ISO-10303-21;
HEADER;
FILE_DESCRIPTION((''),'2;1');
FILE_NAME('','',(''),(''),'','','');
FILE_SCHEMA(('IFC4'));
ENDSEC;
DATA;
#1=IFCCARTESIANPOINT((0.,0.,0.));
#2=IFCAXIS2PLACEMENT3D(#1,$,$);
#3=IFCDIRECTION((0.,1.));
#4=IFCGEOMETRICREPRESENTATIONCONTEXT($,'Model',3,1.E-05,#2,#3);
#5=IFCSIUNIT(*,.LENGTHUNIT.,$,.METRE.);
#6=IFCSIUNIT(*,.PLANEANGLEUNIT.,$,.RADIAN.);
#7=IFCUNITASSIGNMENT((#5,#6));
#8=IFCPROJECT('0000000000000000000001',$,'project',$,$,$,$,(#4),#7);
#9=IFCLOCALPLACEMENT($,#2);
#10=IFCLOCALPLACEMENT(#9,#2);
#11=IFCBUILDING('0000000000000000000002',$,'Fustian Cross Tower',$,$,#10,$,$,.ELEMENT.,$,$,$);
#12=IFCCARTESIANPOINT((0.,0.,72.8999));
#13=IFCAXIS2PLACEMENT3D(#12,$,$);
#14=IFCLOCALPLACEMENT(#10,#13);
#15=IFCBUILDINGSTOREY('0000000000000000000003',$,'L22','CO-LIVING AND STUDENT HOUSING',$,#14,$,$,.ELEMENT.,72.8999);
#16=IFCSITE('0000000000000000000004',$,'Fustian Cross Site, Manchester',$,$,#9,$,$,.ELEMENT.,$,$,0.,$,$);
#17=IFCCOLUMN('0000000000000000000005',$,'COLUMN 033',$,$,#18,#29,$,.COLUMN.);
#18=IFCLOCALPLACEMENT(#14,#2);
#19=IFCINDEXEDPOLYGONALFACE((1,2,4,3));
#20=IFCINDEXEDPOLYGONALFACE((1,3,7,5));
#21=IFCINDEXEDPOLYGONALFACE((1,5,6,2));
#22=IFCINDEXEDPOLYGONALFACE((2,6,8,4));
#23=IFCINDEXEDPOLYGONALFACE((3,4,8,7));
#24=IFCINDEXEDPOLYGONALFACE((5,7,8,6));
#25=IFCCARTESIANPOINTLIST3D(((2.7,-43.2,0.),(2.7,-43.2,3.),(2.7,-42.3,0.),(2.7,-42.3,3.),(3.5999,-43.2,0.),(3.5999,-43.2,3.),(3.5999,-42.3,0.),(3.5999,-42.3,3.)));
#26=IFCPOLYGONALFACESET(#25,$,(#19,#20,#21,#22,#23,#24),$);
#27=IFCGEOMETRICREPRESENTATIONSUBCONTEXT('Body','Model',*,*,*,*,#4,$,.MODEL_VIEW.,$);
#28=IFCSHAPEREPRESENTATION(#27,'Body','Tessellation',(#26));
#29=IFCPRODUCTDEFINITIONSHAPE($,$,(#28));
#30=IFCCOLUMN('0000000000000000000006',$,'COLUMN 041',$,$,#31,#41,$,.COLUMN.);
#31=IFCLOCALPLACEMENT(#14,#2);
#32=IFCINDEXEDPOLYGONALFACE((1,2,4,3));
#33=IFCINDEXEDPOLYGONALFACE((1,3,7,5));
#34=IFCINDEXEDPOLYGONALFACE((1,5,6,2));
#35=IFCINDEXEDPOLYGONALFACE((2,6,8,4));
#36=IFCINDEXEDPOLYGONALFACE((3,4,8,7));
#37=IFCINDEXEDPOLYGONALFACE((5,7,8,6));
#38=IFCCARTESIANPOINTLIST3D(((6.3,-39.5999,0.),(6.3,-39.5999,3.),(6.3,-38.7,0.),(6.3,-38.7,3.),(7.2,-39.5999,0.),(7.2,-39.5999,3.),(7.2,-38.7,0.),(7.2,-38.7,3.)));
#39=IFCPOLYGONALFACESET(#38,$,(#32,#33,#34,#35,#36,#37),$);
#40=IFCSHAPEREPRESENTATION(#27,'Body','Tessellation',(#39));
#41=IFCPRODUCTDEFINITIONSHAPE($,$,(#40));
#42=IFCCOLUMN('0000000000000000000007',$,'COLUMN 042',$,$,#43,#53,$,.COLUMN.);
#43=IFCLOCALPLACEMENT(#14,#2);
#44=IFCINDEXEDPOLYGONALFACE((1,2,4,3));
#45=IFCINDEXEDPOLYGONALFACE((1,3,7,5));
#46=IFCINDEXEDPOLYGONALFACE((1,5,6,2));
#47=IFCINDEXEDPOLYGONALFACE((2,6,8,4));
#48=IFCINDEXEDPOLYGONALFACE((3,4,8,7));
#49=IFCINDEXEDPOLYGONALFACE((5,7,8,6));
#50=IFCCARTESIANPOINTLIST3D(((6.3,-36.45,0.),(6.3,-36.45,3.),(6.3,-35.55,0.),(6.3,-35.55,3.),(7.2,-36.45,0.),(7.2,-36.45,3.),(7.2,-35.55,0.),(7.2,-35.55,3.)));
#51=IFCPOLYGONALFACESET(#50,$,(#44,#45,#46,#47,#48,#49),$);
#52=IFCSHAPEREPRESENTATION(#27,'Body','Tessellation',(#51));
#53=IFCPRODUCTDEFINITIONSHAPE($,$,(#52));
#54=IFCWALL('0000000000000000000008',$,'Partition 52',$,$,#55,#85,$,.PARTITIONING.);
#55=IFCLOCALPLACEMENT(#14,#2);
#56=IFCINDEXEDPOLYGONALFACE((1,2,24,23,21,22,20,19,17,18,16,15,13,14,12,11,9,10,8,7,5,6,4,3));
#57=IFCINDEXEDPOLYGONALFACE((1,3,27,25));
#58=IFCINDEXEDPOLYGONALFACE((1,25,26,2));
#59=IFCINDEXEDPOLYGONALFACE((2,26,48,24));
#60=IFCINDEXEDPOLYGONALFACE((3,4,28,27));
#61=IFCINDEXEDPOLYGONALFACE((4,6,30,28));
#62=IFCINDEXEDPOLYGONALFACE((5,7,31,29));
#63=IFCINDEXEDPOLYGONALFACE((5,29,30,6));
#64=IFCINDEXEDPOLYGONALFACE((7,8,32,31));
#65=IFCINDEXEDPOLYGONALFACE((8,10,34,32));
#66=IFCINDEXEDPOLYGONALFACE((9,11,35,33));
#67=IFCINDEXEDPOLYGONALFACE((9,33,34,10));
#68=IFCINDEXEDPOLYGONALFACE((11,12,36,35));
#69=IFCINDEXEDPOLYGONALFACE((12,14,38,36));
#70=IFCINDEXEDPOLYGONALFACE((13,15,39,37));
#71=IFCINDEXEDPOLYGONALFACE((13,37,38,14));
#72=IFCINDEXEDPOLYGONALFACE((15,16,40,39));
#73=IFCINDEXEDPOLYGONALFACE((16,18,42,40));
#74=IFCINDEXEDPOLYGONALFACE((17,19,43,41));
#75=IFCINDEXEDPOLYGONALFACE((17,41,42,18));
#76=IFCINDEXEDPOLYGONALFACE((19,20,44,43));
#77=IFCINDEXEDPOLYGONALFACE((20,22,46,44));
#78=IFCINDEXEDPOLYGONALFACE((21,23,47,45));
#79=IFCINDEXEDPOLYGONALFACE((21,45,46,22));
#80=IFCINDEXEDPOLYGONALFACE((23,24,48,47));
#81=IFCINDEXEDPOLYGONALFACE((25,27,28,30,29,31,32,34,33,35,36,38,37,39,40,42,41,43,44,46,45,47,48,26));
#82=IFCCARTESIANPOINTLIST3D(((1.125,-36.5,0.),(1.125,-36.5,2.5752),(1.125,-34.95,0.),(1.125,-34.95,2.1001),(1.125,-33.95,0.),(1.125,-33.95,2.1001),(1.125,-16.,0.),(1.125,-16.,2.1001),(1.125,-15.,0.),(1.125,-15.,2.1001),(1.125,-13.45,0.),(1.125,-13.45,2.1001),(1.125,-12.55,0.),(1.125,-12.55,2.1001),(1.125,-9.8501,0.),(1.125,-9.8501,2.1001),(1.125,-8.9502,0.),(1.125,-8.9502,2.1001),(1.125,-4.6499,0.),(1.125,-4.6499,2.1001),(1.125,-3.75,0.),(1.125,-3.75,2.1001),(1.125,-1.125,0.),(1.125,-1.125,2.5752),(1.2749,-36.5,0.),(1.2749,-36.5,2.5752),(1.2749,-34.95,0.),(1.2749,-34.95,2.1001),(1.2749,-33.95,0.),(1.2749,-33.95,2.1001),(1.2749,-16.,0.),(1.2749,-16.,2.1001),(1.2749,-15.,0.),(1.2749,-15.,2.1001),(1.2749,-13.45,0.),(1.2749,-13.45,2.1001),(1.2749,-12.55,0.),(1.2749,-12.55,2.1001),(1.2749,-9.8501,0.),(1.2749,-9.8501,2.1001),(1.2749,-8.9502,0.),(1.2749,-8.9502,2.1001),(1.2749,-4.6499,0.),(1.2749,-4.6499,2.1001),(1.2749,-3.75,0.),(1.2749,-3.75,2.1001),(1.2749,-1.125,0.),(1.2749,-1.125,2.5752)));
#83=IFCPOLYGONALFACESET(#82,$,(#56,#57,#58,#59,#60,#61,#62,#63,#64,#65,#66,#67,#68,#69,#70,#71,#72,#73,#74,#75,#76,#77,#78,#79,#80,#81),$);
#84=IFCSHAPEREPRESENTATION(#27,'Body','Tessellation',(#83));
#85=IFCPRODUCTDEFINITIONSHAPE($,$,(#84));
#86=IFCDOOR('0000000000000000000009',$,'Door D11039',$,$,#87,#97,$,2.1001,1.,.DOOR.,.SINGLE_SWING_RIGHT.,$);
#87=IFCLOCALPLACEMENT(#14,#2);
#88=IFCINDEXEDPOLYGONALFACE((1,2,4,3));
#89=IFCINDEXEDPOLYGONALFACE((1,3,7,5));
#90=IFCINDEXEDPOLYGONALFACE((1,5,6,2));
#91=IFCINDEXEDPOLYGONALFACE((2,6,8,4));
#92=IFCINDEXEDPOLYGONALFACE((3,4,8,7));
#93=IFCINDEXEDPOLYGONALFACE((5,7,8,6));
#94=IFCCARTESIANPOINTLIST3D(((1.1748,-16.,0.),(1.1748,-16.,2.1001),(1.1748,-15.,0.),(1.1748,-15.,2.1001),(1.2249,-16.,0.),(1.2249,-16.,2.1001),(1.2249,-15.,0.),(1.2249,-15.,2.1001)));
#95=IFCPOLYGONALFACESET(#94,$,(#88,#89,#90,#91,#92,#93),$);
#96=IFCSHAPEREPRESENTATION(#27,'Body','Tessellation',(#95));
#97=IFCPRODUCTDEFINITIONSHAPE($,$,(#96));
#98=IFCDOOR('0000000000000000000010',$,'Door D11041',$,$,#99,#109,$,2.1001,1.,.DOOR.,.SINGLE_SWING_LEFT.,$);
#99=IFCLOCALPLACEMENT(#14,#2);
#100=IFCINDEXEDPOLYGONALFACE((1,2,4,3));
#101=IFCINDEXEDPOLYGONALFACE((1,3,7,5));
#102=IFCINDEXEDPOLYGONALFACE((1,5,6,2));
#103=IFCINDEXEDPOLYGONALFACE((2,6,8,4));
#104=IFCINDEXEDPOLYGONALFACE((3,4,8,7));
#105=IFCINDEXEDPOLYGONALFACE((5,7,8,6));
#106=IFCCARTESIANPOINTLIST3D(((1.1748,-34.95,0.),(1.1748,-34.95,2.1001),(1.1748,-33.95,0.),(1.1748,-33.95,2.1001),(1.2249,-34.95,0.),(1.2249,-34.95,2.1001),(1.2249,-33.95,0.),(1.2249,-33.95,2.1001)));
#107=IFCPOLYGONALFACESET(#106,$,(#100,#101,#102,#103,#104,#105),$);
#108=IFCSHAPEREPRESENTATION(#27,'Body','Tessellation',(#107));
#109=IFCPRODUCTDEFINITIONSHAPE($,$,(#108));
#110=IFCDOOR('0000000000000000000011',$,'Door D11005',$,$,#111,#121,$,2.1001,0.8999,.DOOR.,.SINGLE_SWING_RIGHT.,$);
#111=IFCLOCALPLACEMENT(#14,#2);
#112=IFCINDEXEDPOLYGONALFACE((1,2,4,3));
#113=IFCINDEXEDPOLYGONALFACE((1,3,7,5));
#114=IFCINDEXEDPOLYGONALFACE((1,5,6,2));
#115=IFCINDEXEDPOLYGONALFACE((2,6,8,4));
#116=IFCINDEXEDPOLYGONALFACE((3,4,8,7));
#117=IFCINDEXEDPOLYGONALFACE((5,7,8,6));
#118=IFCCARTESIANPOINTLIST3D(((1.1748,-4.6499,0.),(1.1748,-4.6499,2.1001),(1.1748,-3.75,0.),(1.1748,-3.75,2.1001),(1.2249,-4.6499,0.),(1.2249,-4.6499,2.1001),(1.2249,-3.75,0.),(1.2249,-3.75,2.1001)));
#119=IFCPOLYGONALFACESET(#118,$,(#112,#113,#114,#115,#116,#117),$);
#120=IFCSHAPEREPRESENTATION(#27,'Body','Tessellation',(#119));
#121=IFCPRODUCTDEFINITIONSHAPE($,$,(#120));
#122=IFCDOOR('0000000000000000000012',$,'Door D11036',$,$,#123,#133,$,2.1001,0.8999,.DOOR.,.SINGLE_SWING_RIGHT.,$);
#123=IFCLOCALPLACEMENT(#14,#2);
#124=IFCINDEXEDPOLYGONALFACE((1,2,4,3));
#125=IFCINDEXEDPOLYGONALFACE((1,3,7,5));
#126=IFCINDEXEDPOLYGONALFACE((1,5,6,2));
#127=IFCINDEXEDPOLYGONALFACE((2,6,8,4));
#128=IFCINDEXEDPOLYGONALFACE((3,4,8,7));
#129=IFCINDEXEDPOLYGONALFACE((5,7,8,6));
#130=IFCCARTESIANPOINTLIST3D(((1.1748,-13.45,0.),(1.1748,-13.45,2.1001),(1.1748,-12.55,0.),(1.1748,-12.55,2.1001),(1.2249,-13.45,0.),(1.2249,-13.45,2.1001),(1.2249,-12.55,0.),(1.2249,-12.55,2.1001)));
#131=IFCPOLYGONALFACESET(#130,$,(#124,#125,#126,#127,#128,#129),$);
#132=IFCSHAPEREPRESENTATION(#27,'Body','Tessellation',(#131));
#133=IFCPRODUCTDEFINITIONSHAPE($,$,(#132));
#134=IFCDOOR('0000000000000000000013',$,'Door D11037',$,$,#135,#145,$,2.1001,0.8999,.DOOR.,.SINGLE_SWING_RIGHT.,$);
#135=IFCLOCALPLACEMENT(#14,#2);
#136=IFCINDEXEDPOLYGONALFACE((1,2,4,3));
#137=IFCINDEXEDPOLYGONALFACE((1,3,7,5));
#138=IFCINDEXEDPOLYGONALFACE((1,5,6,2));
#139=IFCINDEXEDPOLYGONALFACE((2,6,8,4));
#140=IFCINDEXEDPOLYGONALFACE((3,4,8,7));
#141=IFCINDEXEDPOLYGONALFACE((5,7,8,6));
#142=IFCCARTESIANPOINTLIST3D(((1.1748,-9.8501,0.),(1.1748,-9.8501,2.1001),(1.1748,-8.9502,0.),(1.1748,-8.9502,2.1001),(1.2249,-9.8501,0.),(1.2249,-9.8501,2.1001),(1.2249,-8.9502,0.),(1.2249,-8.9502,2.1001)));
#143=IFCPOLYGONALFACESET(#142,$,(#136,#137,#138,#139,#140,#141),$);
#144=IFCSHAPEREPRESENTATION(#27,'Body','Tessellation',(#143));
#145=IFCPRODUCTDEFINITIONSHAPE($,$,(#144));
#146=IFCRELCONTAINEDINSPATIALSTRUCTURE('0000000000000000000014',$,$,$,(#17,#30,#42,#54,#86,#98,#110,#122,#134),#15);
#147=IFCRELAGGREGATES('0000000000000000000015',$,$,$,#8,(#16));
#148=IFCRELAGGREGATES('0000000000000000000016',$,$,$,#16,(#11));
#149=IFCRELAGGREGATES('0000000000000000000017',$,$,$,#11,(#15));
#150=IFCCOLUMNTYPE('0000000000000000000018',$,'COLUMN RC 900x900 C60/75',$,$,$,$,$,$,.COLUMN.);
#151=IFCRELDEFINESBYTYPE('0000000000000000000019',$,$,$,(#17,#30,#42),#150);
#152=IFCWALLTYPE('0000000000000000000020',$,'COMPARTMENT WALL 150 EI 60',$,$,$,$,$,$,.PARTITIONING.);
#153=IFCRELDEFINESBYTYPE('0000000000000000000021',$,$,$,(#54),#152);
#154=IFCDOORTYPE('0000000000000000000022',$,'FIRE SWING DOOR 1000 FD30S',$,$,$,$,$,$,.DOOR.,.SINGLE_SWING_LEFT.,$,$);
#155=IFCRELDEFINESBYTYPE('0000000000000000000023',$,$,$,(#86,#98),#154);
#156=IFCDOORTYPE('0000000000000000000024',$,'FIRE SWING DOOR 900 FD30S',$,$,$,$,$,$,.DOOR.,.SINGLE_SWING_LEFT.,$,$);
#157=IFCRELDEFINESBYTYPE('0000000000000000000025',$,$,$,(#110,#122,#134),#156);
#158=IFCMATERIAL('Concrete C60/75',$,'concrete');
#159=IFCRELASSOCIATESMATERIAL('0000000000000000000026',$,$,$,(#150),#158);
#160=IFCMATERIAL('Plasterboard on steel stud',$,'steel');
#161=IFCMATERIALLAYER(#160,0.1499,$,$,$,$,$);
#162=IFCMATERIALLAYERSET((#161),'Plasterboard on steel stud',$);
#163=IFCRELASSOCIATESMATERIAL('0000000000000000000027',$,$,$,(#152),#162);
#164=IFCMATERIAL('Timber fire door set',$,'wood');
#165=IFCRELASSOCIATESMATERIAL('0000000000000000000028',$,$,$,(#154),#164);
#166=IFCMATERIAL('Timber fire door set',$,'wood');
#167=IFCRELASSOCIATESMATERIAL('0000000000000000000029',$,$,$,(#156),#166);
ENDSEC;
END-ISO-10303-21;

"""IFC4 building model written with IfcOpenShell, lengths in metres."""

from ifc_helpers import new_model, si_unit, direction, frame, frame_2d, origin, origin_2d, place, context, subcontext, project, spatial, rectangle, extrude, material, layer, layer_set, material_profile, profile_set, type_object, element, fill, save


model = new_model("IFC4")

# Units and contexts
model_context = context("Model", 3, precision=1e-05, world=origin(), true_north=direction((0.0, 1.0)))
body_context = subcontext(model_context, "Body", "Model", "MODEL_VIEW")
ifc_project = project(units=[si_unit("LENGTHUNIT", "METRE"), si_unit("PLANEANGLEUNIT", "RADIAN")], contexts=[model_context])

# Site, building, storey
site_placement = place(None, origin())
site = spatial("IfcSite", under=ifc_project, at=site_placement, Name="Fustian Cross Site, Manchester", CompositionType="ELEMENT", RefElevation=0.0)
building_placement = place(site_placement, origin())
building = spatial("IfcBuilding", under=site, at=building_placement, Name="Fustian Cross Tower", CompositionType="ELEMENT")
storey_placement = place(building_placement, frame((0.0, 0.0, 72.8999)))
storey = spatial("IfcBuildingStorey", under=building, at=storey_placement, Name="L22", Description="CO-LIVING AND STUDENT HOUSING", CompositionType="ELEMENT", Elevation=72.8999)

# Columns
ifc_material_1 = material(Name="Concrete C60/75", Category="concrete")
ifc_material_profile = material_profile(ifc_material_1, rectangle(XDim=0.8999, YDim=0.8999, at=origin_2d()), Name="RC 900x900")
ifc_profile_set = profile_set([ifc_material_profile], Name="Concrete C60/75")
column_type = type_object("IfcColumnType", Name="COLUMN RC 900x900 C60/75", PredefinedType="COLUMN", material=ifc_profile_set)
for number, where, z_axis, x_axis, name in (
    (1, (3.1499, -42.75, 0.0), (0.0, 0.0, 1.0), (1.0, 0.0, 0.0), "COLUMN 033"),
    (2, (6.75, -39.1499, 0.0), (0.0, 0.0, 1.0), (1.0, 0.0, 0.0), "COLUMN 041"),
    (3, (6.75, -36.0, 0.0), (0.0, 0.0, 1.0), (1.0, 0.0, 0.0), "COLUMN 042"),
):
    element("IfcColumn", number, at=place(storey_placement, frame(where, z_axis=z_axis, x_axis=x_axis)), inside=storey, type_object=column_type, Name=name, PredefinedType="COLUMN", context=body_context, shape_type="SweptSolid", body=[
        extrude(rectangle(XDim=0.8999, YDim=0.8999, at=origin_2d()), origin(), (0.0, 0.0, 1.0), 3.0),
    ])

# Wall, openings, doors
ifc_material_2 = material(Name="Plasterboard on steel stud", Category="steel")
ifc_layer_1 = layer(ifc_material_2, 0.1499)
ifc_layer_set_1 = layer_set([ifc_layer_1], Name="Plasterboard on steel stud")
wall_type_1 = type_object("IfcWallType", Name="COMPARTMENT WALL 150 EI 60", PredefinedType="PARTITIONING", material=ifc_layer_set_1)
wall_1_placement = place(storey_placement, frame((1.2, -36.5, 0.0), z_axis=(0.0, 0.0, 1.0), x_axis=(0.0, 1.0, 0.0)))
wall_1 = element("IfcWall", 4, at=wall_1_placement, inside=storey, type_object=wall_type_1, Name="Partition 52", PredefinedType="PARTITIONING", context=body_context, shape_type="SweptSolid", body=[
    extrude(rectangle(XDim=35.375, YDim=0.1499, at=frame_2d((17.6875, 0.0))), origin(), (0.0, 0.0, 1.0), 2.5752),
])
opening_1_placement = place(wall_1_placement, frame((31.8501, 0.0, 0.0)))
opening_1 = element("IfcOpeningElement", 5, at=opening_1_placement, cuts=wall_1, PredefinedType="OPENING", context=body_context, shape_type="SweptSolid", body=[
    extrude(rectangle(XDim=0.8999, YDim=2.1001, at=frame_2d((0.45, 1.05))), frame((0.0, 0.085, 0.0), z_axis=(0.0, -1.0, 0.0), x_axis=(1.0, 0.0, 0.0)), (0.0, 0.0, 1.0), 0.1699),
])
opening_2_placement = place(wall_1_placement, frame((23.05, 0.0, 0.0)))
opening_2 = element("IfcOpeningElement", 6, at=opening_2_placement, cuts=wall_1, PredefinedType="OPENING", context=body_context, shape_type="SweptSolid", body=[
    extrude(rectangle(XDim=0.8999, YDim=2.1001, at=frame_2d((0.45, 1.05))), frame((0.0, 0.085, 0.0), z_axis=(0.0, -1.0, 0.0), x_axis=(1.0, 0.0, 0.0)), (0.0, 0.0, 1.0), 0.1699),
])
opening_3_placement = place(wall_1_placement, frame((26.6499, 0.0, 0.0)))
opening_3 = element("IfcOpeningElement", 7, at=opening_3_placement, cuts=wall_1, PredefinedType="OPENING", context=body_context, shape_type="SweptSolid", body=[
    extrude(rectangle(XDim=0.8999, YDim=2.1001, at=frame_2d((0.45, 1.05))), frame((0.0, 0.085, 0.0), z_axis=(0.0, -1.0, 0.0), x_axis=(1.0, 0.0, 0.0)), (0.0, 0.0, 1.0), 0.1699),
])
opening_4_placement = place(wall_1_placement, frame((20.5, 0.0, 0.0)))
opening_4 = element("IfcOpeningElement", 8, at=opening_4_placement, cuts=wall_1, PredefinedType="OPENING", context=body_context, shape_type="SweptSolid", body=[
    extrude(rectangle(XDim=1.0, YDim=2.1001, at=frame_2d((0.5, 1.05))), frame((0.0, 0.085, 0.0), z_axis=(0.0, -1.0, 0.0), x_axis=(1.0, 0.0, 0.0)), (0.0, 0.0, 1.0), 0.1699),
])
opening_5_placement = place(wall_1_placement, frame((1.55, 0.0, 0.0)))
opening_5 = element("IfcOpeningElement", 9, at=opening_5_placement, cuts=wall_1, PredefinedType="OPENING", context=body_context, shape_type="SweptSolid", body=[
    extrude(rectangle(XDim=1.0, YDim=2.1001, at=frame_2d((0.5, 1.05))), frame((0.0, 0.085, 0.0), z_axis=(0.0, -1.0, 0.0), x_axis=(1.0, 0.0, 0.0)), (0.0, 0.0, 1.0), 0.1699),
])
ifc_material_3 = material(Name="Timber fire door set", Category="wood")
door_type_1 = type_object("IfcDoorType", Name="FIRE SWING DOOR 1000 FD30S", OperationType="SINGLE_SWING_LEFT", PredefinedType="DOOR", material=ifc_material_3)
door_1_placement = place(opening_4_placement, frame((1.0, 0.0, 0.0), z_axis=(0.0, 0.0, 1.0), x_axis=(-1.0, 0.0, 0.0)))
door_1 = element("IfcDoor", 10, at=door_1_placement, inside=storey, type_object=door_type_1, Name="Door D11039", OperationType="SINGLE_SWING_RIGHT", OverallHeight=2.1001, OverallWidth=1.0, PredefinedType="DOOR", context=body_context, shape_type="SweptSolid", body=[
    extrude(rectangle(XDim=1.0, YDim=2.1001, at=frame_2d((0.5, 1.05))), frame((0.0, 0.0249, 0.0), z_axis=(0.0, -1.0, 0.0), x_axis=(1.0, 0.0, 0.0)), (0.0, 0.0, 1.0), 0.05),
])
fill(opening_4, door_1)
door_2_placement = place(opening_5_placement, frame((1.0, 0.0, 0.0), z_axis=(0.0, 0.0, 1.0), x_axis=(-1.0, 0.0, 0.0)))
door_2 = element("IfcDoor", 11, at=door_2_placement, inside=storey, type_object=door_type_1, Name="Door D11041", OperationType="SINGLE_SWING_LEFT", OverallHeight=2.1001, OverallWidth=1.0, PredefinedType="DOOR", context=body_context, shape_type="SweptSolid", body=[
    extrude(rectangle(XDim=1.0, YDim=2.1001, at=frame_2d((0.5, 1.05))), frame((0.0, 0.0249, 0.0), z_axis=(0.0, -1.0, 0.0), x_axis=(1.0, 0.0, 0.0)), (0.0, 0.0, 1.0), 0.05),
])
fill(opening_5, door_2)
ifc_material_4 = material(Name="Timber fire door set", Category="wood")
door_type_2 = type_object("IfcDoorType", Name="FIRE SWING DOOR 900 FD30S", OperationType="SINGLE_SWING_LEFT", PredefinedType="DOOR", material=ifc_material_4)
door_3_placement = place(opening_1_placement, frame((0.8999, 0.0, 0.0), z_axis=(0.0, 0.0, 1.0), x_axis=(-1.0, 0.0, 0.0)))
door_3 = element("IfcDoor", 12, at=door_3_placement, inside=storey, type_object=door_type_2, Name="Door D11005", OperationType="SINGLE_SWING_RIGHT", OverallHeight=2.1001, OverallWidth=0.8999, PredefinedType="DOOR", context=body_context, shape_type="SweptSolid", body=[
    extrude(rectangle(XDim=0.8999, YDim=2.1001, at=frame_2d((0.45, 1.05))), frame((0.0, 0.0249, 0.0), z_axis=(0.0, -1.0, 0.0), x_axis=(1.0, 0.0, 0.0)), (0.0, 0.0, 1.0), 0.05),
])
fill(opening_1, door_3)
door_4_placement = place(opening_2_placement, frame((0.8999, 0.0, 0.0), z_axis=(0.0, 0.0, 1.0), x_axis=(-1.0, 0.0, 0.0)))
door_4 = element("IfcDoor", 13, at=door_4_placement, inside=storey, type_object=door_type_2, Name="Door D11036", OperationType="SINGLE_SWING_RIGHT", OverallHeight=2.1001, OverallWidth=0.8999, PredefinedType="DOOR", context=body_context, shape_type="SweptSolid", body=[
    extrude(rectangle(XDim=0.8999, YDim=2.1001, at=frame_2d((0.45, 1.05))), frame((0.0, 0.0249, 0.0), z_axis=(0.0, -1.0, 0.0), x_axis=(1.0, 0.0, 0.0)), (0.0, 0.0, 1.0), 0.05),
])
fill(opening_2, door_4)
door_5_placement = place(opening_3_placement, frame((0.8999, 0.0, 0.0), z_axis=(0.0, 0.0, 1.0), x_axis=(-1.0, 0.0, 0.0)))
door_5 = element("IfcDoor", 14, at=door_5_placement, inside=storey, type_object=door_type_2, Name="Door D11037", OperationType="SINGLE_SWING_RIGHT", OverallHeight=2.1001, OverallWidth=0.8999, PredefinedType="DOOR", context=body_context, shape_type="SweptSolid", body=[
    extrude(rectangle(XDim=0.8999, YDim=2.1001, at=frame_2d((0.45, 1.05))), frame((0.0, 0.0249, 0.0), z_axis=(0.0, -1.0, 0.0), x_axis=(1.0, 0.0, 0.0)), (0.0, 0.0, 1.0), 0.05),
])
fill(opening_3, door_5)

save(model, "model.ifc")
